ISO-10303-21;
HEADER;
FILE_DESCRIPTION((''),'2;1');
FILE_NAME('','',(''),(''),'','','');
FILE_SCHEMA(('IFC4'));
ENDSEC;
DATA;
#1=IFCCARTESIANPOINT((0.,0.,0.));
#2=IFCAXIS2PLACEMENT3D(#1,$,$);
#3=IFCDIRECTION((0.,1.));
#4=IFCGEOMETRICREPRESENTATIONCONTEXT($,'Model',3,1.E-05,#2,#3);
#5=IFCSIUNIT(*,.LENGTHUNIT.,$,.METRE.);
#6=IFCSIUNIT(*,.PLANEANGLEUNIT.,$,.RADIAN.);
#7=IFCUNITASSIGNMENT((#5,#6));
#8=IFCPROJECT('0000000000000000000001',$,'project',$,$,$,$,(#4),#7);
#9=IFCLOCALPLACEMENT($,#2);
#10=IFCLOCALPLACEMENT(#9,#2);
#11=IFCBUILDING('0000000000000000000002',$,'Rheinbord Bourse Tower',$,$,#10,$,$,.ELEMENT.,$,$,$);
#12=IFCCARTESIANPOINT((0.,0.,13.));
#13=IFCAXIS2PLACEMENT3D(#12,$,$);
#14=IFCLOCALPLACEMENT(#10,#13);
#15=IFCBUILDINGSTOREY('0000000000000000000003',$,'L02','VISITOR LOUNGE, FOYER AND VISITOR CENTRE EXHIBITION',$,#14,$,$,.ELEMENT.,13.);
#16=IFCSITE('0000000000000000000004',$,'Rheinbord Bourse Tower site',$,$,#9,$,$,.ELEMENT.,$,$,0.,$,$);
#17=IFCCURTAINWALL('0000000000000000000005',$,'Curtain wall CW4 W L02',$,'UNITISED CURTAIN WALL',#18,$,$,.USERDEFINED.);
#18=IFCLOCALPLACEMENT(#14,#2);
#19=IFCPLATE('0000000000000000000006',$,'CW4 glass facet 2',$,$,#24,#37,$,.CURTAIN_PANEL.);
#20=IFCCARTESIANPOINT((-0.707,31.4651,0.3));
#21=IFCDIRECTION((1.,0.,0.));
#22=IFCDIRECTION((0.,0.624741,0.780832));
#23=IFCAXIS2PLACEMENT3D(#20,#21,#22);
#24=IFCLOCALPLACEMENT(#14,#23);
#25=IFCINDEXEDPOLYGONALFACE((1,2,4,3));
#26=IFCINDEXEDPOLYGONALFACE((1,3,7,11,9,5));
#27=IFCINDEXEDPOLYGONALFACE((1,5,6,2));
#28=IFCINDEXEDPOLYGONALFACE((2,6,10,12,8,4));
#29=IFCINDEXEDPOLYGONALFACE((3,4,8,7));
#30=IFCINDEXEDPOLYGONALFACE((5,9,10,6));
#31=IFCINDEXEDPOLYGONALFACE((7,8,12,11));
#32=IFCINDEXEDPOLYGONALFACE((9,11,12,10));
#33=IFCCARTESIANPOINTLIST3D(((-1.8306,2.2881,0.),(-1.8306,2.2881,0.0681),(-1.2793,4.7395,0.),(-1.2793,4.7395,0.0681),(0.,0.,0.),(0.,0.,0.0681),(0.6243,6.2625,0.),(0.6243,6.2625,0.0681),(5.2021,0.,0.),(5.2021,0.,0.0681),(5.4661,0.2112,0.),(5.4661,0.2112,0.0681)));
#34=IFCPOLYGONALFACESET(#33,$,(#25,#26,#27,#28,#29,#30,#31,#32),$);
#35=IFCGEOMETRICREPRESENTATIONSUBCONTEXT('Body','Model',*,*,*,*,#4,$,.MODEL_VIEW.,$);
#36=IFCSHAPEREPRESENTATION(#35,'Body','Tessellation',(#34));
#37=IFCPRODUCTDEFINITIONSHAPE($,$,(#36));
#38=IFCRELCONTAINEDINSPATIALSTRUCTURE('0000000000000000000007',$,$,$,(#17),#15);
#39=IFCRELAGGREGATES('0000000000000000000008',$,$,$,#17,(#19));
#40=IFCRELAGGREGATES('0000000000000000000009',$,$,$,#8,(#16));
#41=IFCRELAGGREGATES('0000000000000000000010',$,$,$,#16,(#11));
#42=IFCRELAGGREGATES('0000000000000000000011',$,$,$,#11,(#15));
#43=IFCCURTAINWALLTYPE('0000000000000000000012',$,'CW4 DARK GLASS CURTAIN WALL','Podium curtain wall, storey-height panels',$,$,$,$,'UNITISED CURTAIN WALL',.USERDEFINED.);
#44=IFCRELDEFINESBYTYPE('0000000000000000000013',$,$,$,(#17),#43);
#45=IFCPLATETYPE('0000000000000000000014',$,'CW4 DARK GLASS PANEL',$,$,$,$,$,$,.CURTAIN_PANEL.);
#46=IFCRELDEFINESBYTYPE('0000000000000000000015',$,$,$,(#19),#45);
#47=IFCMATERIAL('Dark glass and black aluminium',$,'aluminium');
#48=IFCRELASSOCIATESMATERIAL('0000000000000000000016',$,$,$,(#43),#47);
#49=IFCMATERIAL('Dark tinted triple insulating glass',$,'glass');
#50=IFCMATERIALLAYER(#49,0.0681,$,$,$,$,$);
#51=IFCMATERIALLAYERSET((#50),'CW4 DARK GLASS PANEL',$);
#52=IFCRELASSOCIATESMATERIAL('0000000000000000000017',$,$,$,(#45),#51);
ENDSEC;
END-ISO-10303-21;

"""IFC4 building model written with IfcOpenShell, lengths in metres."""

from ifc_helpers import new_model, si_unit, direction, frame, origin, place, context, subcontext, project, spatial, polyline, outline, extrude, material, layer, layer_set, type_object, element, aggregate, save


model = new_model("IFC4")

# Units and contexts
model_context = context("Model", 3, precision=1e-05, world=origin(), true_north=direction((0.0, 1.0)))
body_context = subcontext(model_context, "Body", "Model", "MODEL_VIEW")
ifc_project = project(units=[si_unit("LENGTHUNIT", "METRE"), si_unit("PLANEANGLEUNIT", "RADIAN")], contexts=[model_context])

# Site, building, storey
site_placement = place(None, origin())
site = spatial("IfcSite", under=ifc_project, at=site_placement, Name="Rheinbord Bourse Tower site", CompositionType="ELEMENT", RefElevation=0.0)
building_placement = place(site_placement, origin())
building = spatial("IfcBuilding", under=site, at=building_placement, Name="Rheinbord Bourse Tower", CompositionType="ELEMENT")
storey_placement = place(building_placement, frame((0.0, 0.0, 13.0)))
storey = spatial("IfcBuildingStorey", under=building, at=storey_placement, Name="L02", Description="VISITOR LOUNGE, FOYER AND VISITOR CENTRE EXHIBITION", CompositionType="ELEMENT", Elevation=13.0)

# Curtain wall
ifc_material_1 = material(Name="Dark glass and black aluminium", Category="aluminium")
curtain_wall_type = type_object("IfcCurtainWallType", Name="CW4 DARK GLASS CURTAIN WALL", Description="Podium curtain wall, storey-height panels", ElementType="UNITISED CURTAIN WALL", PredefinedType="USERDEFINED", material=ifc_material_1)
curtain_wall_placement = place(storey_placement, origin())
curtain_wall = element("IfcCurtainWall", 1, at=curtain_wall_placement, inside=storey, type_object=curtain_wall_type, Name="Curtain wall CW4 W L02", ObjectType="UNITISED CURTAIN WALL", PredefinedType="USERDEFINED")

# Plate
ifc_material_2 = material(Name="Dark tinted triple insulating glass", Category="glass")
ifc_layer_1 = layer(ifc_material_2, 0.0681)
ifc_layer_set_1 = layer_set([ifc_layer_1], Name="CW4 DARK GLASS PANEL")
plate_type = type_object("IfcPlateType", Name="CW4 DARK GLASS PANEL", PredefinedType="CURTAIN_PANEL", material=ifc_layer_set_1)
plate_1_placement = place(storey_placement, frame((-0.707, 31.4651, 0.3), z_axis=(1.0, 0.0, 0.0), x_axis=(0.0, 0.624741, 0.780832)))
plate_1 = element("IfcPlate", 2, at=plate_1_placement, type_object=plate_type, Name="CW4 glass facet 2", PredefinedType="CURTAIN_PANEL", context=body_context, shape_type="SweptSolid", body=[
    extrude(outline(polyline([(0.0, 0.0), (5.2021, 0.0), (5.4661, 0.2112), (0.6243, 6.2625), (-1.2793, 4.7395), (-1.8306, 2.2881), (0.0, 0.0)])), origin(), (0.0, 0.0, 1.0), 0.0681),
])
aggregate(curtain_wall, [plate_1])

save(model, "model.ifc")
